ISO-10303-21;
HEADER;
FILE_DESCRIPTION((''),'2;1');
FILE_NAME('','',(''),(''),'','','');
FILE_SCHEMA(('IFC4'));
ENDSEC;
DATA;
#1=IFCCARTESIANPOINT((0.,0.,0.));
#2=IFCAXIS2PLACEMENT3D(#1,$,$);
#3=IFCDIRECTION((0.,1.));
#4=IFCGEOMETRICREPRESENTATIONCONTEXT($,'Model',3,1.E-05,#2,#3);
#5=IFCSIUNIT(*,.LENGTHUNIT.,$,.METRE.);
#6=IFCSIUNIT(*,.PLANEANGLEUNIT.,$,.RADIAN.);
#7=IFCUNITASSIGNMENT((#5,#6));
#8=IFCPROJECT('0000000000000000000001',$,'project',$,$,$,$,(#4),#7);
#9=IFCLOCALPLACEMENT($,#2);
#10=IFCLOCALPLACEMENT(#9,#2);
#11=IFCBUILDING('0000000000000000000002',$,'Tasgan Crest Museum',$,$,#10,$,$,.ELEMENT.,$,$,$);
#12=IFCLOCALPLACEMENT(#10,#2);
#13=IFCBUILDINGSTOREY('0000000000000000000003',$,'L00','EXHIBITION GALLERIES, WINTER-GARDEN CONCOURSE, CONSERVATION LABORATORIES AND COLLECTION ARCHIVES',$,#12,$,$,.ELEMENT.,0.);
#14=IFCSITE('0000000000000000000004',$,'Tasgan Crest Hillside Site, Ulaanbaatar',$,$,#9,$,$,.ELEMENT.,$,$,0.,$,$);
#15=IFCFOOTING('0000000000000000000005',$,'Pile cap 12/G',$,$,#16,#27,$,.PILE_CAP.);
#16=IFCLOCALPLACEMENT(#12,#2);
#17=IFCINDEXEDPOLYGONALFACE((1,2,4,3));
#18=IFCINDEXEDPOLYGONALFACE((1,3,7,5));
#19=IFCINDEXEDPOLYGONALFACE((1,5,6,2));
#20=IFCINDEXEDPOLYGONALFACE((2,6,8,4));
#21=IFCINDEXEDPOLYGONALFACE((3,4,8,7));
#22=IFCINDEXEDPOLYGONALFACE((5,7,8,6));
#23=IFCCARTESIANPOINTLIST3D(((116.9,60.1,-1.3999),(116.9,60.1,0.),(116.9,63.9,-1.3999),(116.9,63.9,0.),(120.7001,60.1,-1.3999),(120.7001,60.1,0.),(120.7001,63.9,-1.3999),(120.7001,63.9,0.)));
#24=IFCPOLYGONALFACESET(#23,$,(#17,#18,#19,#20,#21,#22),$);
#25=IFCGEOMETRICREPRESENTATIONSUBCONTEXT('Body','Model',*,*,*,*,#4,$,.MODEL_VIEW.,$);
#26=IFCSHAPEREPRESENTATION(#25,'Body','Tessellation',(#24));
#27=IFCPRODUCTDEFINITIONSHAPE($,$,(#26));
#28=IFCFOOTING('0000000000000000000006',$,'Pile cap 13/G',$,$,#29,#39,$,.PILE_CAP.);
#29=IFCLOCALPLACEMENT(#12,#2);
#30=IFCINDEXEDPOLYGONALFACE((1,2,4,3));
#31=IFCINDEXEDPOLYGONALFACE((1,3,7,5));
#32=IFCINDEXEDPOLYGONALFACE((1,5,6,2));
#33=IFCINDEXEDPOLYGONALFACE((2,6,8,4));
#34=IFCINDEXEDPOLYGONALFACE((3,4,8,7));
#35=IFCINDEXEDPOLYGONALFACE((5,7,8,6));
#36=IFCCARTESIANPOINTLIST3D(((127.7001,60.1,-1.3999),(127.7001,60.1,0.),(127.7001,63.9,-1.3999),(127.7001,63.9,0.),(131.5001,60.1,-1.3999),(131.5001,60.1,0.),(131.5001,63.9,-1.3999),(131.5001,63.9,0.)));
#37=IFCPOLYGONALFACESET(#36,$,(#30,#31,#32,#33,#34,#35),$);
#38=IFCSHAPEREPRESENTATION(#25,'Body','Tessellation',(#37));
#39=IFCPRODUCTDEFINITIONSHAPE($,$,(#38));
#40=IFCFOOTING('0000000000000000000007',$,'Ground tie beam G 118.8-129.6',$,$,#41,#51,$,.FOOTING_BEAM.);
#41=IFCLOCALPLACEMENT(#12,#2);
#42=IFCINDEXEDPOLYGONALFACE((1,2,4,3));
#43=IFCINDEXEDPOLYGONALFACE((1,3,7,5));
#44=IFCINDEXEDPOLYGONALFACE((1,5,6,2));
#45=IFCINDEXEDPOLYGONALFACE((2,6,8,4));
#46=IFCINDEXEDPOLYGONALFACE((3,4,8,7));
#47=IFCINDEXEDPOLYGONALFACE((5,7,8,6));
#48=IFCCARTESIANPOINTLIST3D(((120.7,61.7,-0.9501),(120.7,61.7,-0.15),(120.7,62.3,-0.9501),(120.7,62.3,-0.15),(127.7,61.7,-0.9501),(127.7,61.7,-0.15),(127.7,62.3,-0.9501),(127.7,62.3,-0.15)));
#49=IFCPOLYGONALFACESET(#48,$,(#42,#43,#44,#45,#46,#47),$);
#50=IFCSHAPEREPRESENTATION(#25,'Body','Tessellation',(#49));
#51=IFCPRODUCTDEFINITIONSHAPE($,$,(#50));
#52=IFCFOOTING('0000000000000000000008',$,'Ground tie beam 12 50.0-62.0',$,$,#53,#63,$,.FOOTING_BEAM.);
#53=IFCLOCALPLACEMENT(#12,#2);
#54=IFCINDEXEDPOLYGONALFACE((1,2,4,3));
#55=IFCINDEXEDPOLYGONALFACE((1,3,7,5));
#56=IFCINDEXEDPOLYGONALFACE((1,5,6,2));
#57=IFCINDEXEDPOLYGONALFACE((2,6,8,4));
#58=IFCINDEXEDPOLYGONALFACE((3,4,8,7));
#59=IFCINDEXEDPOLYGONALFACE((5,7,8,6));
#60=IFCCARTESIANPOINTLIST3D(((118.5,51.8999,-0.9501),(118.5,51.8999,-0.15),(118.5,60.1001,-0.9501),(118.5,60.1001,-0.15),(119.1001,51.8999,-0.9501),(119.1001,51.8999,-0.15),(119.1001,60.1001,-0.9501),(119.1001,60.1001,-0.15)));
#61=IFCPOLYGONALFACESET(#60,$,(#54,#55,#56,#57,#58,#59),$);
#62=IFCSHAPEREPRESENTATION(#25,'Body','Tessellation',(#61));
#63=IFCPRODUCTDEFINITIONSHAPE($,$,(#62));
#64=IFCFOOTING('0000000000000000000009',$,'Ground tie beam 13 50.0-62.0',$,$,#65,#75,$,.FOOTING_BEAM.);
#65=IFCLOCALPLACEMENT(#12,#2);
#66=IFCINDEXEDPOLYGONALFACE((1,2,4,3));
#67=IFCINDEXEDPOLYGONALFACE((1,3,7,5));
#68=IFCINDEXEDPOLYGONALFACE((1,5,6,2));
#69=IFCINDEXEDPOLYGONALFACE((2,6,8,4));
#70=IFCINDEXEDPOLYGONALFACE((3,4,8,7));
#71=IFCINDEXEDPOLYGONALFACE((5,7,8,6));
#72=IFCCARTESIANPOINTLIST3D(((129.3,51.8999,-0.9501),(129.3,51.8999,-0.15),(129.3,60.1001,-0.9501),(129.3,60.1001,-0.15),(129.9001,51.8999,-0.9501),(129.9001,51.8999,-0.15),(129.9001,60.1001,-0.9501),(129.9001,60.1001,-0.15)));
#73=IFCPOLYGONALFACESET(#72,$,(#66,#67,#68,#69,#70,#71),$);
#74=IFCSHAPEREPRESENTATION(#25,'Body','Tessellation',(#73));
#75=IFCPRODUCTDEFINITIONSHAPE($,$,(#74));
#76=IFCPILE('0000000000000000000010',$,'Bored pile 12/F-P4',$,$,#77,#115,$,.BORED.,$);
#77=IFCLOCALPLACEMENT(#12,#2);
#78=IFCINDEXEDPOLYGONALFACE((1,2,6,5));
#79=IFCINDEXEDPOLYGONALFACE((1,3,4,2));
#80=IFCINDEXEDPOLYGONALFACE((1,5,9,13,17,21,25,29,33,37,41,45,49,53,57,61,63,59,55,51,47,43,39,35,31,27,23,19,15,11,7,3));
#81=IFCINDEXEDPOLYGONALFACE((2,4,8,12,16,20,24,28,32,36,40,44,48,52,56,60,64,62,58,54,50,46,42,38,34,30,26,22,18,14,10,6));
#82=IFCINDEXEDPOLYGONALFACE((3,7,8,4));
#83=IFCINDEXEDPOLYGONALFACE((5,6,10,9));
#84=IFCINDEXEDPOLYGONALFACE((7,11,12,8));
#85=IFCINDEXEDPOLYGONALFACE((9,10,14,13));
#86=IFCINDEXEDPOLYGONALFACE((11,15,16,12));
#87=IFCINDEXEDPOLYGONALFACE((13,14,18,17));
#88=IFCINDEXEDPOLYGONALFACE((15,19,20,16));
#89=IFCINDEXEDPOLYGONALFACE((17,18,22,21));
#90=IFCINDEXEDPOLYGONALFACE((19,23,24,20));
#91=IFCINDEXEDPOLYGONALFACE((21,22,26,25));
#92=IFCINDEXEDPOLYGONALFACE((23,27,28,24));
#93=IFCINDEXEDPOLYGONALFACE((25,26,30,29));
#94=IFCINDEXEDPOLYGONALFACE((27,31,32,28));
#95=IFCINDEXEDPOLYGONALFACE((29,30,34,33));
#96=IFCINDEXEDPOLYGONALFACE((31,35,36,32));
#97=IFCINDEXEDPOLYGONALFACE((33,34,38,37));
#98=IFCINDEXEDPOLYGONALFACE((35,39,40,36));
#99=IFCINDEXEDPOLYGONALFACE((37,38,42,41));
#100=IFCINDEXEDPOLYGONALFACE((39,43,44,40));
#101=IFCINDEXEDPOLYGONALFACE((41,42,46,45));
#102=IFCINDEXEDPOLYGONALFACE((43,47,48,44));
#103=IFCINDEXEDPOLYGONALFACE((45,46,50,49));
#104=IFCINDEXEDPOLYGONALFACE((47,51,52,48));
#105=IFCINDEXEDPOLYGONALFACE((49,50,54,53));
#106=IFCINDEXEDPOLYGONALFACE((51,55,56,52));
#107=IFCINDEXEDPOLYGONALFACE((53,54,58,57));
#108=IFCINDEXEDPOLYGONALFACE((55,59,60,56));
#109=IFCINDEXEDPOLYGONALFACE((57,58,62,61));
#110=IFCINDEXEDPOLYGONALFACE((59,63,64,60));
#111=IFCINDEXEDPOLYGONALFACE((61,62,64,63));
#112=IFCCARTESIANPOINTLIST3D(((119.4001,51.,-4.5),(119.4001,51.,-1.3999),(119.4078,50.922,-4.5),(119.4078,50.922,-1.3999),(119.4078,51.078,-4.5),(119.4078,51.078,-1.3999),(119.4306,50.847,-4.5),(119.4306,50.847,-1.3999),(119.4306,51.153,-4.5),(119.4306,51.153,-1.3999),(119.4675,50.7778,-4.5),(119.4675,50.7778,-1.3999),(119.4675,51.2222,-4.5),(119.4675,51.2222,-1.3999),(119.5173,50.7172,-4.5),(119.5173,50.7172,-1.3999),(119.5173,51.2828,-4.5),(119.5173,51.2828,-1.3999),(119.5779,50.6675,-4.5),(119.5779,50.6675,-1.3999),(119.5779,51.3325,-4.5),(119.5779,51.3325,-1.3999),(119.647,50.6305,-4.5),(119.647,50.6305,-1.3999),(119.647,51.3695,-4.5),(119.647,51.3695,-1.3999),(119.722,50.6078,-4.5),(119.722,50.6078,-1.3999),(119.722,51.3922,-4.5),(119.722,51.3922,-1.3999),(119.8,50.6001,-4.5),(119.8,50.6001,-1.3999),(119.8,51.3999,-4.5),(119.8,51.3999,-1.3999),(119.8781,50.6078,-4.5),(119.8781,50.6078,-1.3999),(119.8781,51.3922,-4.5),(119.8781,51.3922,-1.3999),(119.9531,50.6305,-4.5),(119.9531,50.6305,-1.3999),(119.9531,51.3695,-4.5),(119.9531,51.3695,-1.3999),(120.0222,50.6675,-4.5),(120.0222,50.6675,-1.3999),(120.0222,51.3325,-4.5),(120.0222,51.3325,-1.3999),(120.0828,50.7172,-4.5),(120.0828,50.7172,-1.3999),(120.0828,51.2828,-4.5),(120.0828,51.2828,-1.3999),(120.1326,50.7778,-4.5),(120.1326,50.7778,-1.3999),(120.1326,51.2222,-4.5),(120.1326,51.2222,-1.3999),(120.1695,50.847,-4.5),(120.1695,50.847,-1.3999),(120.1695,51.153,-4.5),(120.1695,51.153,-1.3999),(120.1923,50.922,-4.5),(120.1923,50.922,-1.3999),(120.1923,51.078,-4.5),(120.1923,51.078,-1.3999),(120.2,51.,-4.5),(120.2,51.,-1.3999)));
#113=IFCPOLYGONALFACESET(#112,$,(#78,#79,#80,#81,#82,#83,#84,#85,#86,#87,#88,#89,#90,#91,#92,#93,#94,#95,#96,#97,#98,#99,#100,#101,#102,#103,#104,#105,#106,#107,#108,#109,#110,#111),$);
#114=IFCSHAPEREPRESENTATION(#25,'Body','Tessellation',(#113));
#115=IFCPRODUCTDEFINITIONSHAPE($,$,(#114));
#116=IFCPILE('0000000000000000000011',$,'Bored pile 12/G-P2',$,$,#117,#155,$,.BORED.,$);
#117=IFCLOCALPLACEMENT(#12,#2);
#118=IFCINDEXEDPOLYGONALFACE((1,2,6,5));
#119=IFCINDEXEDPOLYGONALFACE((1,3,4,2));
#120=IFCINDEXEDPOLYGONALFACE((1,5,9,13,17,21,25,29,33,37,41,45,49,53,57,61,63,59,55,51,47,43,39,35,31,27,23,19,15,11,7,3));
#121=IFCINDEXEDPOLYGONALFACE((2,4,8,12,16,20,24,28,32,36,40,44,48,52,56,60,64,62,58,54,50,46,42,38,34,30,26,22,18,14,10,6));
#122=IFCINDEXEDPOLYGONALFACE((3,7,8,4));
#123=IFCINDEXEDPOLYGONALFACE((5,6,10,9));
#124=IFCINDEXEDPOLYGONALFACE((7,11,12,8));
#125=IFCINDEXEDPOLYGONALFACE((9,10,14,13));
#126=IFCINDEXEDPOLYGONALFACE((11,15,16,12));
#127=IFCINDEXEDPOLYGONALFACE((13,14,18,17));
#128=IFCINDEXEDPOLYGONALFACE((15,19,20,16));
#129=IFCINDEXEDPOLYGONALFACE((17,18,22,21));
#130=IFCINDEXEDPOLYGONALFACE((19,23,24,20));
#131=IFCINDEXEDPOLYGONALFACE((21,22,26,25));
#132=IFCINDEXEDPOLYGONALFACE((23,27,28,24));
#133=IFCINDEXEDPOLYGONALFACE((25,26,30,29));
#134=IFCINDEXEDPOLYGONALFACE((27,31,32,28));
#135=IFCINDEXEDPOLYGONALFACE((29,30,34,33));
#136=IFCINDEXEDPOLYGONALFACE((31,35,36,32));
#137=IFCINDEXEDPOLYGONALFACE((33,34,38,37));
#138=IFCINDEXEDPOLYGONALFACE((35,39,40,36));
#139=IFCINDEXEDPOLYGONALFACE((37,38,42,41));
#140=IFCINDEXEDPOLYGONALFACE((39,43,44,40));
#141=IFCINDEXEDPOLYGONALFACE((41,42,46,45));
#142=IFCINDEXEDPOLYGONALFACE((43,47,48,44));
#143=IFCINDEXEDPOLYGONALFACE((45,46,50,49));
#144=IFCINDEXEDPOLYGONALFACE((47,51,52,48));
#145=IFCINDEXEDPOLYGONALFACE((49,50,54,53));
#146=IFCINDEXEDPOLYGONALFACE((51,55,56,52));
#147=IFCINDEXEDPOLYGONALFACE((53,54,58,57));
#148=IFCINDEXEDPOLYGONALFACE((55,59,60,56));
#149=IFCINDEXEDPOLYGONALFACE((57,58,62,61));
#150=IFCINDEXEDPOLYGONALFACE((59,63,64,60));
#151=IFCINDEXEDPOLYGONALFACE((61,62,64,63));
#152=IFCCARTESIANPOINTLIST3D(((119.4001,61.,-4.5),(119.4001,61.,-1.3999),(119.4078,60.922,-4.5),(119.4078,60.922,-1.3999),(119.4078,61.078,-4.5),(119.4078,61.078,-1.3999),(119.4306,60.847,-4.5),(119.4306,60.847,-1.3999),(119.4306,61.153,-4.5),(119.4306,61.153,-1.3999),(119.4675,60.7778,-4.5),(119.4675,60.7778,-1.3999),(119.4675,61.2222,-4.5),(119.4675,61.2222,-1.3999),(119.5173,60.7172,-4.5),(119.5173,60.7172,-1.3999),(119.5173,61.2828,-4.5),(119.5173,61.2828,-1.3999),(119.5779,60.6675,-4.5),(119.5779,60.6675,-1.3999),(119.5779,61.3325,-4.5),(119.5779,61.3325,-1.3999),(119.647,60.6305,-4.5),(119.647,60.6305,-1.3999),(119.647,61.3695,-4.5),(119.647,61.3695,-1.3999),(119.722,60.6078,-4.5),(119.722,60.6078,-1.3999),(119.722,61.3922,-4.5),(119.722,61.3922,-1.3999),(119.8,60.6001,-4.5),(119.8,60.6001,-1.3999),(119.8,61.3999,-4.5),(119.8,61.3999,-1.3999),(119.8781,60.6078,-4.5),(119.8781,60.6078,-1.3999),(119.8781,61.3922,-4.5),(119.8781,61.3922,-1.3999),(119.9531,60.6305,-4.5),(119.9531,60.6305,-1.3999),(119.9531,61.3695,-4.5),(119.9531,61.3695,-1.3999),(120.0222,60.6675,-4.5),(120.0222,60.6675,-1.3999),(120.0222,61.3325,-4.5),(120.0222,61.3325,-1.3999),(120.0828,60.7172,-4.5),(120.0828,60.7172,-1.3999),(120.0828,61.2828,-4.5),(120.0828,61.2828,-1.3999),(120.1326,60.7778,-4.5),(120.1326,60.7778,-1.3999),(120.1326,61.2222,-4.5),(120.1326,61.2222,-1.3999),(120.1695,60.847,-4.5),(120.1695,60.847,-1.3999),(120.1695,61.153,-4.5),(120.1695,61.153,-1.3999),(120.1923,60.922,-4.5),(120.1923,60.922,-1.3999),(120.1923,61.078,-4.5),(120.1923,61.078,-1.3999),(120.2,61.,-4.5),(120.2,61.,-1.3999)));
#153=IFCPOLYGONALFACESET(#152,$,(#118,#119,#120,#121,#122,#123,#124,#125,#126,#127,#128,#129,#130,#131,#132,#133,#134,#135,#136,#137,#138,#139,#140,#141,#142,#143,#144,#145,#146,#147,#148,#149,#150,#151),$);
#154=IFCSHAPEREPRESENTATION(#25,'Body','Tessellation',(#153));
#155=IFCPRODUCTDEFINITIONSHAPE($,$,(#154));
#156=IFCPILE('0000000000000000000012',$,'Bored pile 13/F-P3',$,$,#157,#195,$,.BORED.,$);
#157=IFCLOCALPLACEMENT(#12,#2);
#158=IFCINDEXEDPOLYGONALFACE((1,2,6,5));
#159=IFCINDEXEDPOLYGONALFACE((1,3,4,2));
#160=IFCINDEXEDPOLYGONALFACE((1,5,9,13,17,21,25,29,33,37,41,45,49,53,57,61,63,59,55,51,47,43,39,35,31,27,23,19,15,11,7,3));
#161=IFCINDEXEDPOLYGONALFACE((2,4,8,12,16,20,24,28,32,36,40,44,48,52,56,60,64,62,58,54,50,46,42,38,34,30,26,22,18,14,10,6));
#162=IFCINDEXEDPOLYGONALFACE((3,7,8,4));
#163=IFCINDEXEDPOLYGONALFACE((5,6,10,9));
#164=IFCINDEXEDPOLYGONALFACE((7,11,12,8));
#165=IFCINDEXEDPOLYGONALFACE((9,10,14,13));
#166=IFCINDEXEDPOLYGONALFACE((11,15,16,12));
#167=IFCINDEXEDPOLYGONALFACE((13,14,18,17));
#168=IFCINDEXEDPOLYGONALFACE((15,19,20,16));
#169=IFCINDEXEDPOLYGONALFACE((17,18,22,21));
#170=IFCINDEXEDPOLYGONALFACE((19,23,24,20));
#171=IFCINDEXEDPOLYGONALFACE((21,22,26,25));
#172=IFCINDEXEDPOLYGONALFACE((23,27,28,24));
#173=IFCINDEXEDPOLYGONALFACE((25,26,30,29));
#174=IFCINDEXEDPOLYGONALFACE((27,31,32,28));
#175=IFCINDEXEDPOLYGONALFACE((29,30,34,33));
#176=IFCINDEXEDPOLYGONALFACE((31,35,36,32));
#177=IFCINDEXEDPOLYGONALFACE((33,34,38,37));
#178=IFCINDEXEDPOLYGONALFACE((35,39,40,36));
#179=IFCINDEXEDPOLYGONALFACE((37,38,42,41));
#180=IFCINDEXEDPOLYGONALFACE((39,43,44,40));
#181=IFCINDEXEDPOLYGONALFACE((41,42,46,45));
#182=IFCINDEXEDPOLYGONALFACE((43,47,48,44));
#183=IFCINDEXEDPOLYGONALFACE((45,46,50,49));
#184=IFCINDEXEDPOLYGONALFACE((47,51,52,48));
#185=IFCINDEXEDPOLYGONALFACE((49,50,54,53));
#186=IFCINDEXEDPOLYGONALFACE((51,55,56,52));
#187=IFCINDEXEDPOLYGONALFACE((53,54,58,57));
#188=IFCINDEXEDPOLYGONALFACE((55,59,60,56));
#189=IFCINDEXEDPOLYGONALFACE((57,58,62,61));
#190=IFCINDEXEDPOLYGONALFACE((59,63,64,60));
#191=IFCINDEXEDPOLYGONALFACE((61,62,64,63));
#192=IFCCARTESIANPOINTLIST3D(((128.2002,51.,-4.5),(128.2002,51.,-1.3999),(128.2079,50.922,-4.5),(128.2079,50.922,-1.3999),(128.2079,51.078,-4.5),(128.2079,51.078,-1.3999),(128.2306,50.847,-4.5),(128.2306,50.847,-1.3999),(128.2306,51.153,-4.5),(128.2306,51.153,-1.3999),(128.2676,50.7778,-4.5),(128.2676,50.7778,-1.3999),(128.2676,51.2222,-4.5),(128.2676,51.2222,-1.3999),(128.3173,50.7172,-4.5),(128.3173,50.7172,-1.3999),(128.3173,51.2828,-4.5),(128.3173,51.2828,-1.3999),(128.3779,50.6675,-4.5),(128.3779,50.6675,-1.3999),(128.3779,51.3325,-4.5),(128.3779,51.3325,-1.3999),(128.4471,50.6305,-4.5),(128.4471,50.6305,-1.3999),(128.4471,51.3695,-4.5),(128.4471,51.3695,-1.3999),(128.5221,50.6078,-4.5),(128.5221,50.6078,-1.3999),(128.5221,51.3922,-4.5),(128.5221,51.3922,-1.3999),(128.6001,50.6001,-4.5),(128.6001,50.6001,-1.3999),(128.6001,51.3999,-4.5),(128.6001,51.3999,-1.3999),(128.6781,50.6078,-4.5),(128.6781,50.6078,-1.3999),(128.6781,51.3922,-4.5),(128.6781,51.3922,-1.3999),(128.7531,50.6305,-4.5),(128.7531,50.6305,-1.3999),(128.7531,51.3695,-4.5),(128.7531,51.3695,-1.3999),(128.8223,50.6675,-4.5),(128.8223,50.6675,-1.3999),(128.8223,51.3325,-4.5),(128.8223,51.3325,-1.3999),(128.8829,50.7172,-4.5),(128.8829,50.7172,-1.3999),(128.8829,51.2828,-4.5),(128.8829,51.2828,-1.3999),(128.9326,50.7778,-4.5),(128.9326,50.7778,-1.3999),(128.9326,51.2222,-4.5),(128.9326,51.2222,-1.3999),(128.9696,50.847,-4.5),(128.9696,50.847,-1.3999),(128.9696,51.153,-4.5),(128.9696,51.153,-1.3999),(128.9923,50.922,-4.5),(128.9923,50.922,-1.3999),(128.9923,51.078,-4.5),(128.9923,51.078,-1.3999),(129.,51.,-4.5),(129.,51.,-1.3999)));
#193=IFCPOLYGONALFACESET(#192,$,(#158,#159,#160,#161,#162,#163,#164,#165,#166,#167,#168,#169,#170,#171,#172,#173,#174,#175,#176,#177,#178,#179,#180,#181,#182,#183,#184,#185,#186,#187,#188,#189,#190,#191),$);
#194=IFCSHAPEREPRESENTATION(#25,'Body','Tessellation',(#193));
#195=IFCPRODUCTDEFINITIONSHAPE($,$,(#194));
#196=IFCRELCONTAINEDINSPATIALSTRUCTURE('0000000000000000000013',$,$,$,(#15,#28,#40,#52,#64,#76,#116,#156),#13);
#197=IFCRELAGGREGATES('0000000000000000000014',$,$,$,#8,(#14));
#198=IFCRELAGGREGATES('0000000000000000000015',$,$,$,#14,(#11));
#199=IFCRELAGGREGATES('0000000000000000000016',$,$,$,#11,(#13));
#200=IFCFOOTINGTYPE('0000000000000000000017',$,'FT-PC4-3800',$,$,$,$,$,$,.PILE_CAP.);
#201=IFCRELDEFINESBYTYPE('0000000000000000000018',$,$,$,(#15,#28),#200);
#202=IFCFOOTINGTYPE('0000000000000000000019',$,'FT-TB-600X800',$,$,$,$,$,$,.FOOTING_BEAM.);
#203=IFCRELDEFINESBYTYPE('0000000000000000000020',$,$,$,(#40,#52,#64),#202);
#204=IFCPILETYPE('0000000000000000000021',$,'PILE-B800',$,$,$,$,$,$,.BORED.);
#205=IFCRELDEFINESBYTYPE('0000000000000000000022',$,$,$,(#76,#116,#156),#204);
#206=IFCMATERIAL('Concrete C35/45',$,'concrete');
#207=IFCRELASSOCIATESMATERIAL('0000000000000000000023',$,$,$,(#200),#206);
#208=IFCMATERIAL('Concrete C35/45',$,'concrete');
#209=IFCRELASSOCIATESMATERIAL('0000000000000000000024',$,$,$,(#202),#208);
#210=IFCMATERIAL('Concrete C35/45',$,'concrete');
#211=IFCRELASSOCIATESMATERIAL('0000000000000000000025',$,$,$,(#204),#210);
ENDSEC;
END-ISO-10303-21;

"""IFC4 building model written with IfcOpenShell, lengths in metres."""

from ifc_helpers import new_model, si_unit, direction, frame, origin, origin_2d, place, context, subcontext, project, spatial, rectangle, circle, extrude, material, material_profile, profile_set, type_object, element, save


model = new_model("IFC4")

# Units and contexts
model_context = context("Model", 3, precision=1e-05, world=origin(), true_north=direction((0.0, 1.0)))
body_context = subcontext(model_context, "Body", "Model", "MODEL_VIEW")
ifc_project = project(units=[si_unit("LENGTHUNIT", "METRE"), si_unit("PLANEANGLEUNIT", "RADIAN")], contexts=[model_context])

# Site, building, storey
site_placement = place(None, origin())
site = spatial("IfcSite", under=ifc_project, at=site_placement, Name="Tasgan Crest Hillside Site, Ulaanbaatar", CompositionType="ELEMENT", RefElevation=0.0)
building_placement = place(site_placement, origin())
building = spatial("IfcBuilding", under=site, at=building_placement, Name="Tasgan Crest Museum", CompositionType="ELEMENT")
storey_placement = place(building_placement, origin())
storey = spatial("IfcBuildingStorey", under=building, at=storey_placement, Name="L00", Description="EXHIBITION GALLERIES, WINTER-GARDEN CONCOURSE, CONSERVATION LABORATORIES AND COLLECTION ARCHIVES", CompositionType="ELEMENT", Elevation=0.0)

# Footings
ifc_material_1 = material(Name="Concrete C35/45", Category="concrete")
footing_type_1 = type_object("IfcFootingType", Name="FT-PC4-3800", PredefinedType="PILE_CAP", material=ifc_material_1)
for number, where, z_axis, x_axis, name in (
    (1, (118.8, 62.0, -1.3999), (0.0, 0.0, 1.0), (1.0, 0.0, 0.0), "Pile cap 12/G"),
    (2, (129.6001, 62.0, -1.3999), (0.0, 0.0, 1.0), (1.0, 0.0, 0.0), "Pile cap 13/G"),
):
    element("IfcFooting", number, at=place(storey_placement, frame(where, z_axis=z_axis, x_axis=x_axis)), inside=storey, type_object=footing_type_1, Name=name, PredefinedType="PILE_CAP", context=body_context, shape_type="SweptSolid", body=[
        extrude(rectangle(XDim=3.8, YDim=3.8, at=origin_2d()), origin(), (0.0, 0.0, 1.0), 1.3999),
    ])
ifc_material_2 = material(Name="Concrete C35/45", Category="concrete")
ifc_material_profile_1 = material_profile(ifc_material_2, rectangle(XDim=0.6001, YDim=0.8, at=origin_2d()), Name="TB 600x800")
ifc_profile_set_1 = profile_set([ifc_material_profile_1], Name="Concrete C35/45")
footing_type_2 = type_object("IfcFootingType", Name="FT-TB-600X800", PredefinedType="FOOTING_BEAM", material=ifc_profile_set_1)
footing_placement = place(storey_placement, frame((120.7, 62.0, -0.55), z_axis=(1.0, 0.0, 0.0), x_axis=(0.0, 1.0, 0.0)))
element("IfcFooting", 3, at=footing_placement, inside=storey, type_object=footing_type_2, Name="Ground tie beam G 118.8-129.6", PredefinedType="FOOTING_BEAM", context=body_context, shape_type="SweptSolid", body=[
    extrude(rectangle(XDim=0.6001, YDim=0.8, at=origin_2d()), origin(), (0.0, 0.0, 1.0), 7.0),
])
for number, where, z_axis, x_axis, name in (
    (4, (118.8, 51.8999, -0.55), (0.0, 1.0, 0.0), (-1.0, 0.0, 0.0), "Ground tie beam 12 50.0-62.0"),
    (5, (129.6001, 51.8999, -0.55), (0.0, 1.0, 0.0), (-1.0, 0.0, 0.0), "Ground tie beam 13 50.0-62.0"),
):
    element("IfcFooting", number, at=place(storey_placement, frame(where, z_axis=z_axis, x_axis=x_axis)), inside=storey, type_object=footing_type_2, Name=name, PredefinedType="FOOTING_BEAM", context=body_context, shape_type="SweptSolid", body=[
        extrude(rectangle(XDim=0.6001, YDim=0.8, at=origin_2d()), origin(), (0.0, 0.0, 1.0), 8.2002),
    ])

# Piles
ifc_material_3 = material(Name="Concrete C35/45", Category="concrete")
ifc_material_profile_2 = material_profile(ifc_material_3, circle(Radius=0.3999, at=origin_2d()), Name="PILE D800")
ifc_profile_set_2 = profile_set([ifc_material_profile_2], Name="Concrete C35/45")
pile_type = type_object("IfcPileType", Name="PILE-B800", PredefinedType="BORED", material=ifc_profile_set_2)
for number, where, z_axis, x_axis, name in (
    (6, (119.8, 51.0, -1.3999), (0.0, 0.0, -1.0), (1.0, 0.0, 0.0), "Bored pile 12/F-P4"),
    (7, (119.8, 61.0, -1.3999), (0.0, 0.0, -1.0), (1.0, 0.0, 0.0), "Bored pile 12/G-P2"),
    (8, (128.6001, 51.0, -1.3999), (0.0, 0.0, -1.0), (1.0, 0.0, 0.0), "Bored pile 13/F-P3"),
):
    element("IfcPile", number, at=place(storey_placement, frame(where, z_axis=z_axis, x_axis=x_axis)), inside=storey, type_object=pile_type, Name=name, PredefinedType="BORED", context=body_context, shape_type="SweptSolid", body=[
        extrude(circle(Radius=0.3999, at=origin_2d()), origin(), (0.0, 0.0, 1.0), 3.1001),
    ])

save(model, "model.ifc")
